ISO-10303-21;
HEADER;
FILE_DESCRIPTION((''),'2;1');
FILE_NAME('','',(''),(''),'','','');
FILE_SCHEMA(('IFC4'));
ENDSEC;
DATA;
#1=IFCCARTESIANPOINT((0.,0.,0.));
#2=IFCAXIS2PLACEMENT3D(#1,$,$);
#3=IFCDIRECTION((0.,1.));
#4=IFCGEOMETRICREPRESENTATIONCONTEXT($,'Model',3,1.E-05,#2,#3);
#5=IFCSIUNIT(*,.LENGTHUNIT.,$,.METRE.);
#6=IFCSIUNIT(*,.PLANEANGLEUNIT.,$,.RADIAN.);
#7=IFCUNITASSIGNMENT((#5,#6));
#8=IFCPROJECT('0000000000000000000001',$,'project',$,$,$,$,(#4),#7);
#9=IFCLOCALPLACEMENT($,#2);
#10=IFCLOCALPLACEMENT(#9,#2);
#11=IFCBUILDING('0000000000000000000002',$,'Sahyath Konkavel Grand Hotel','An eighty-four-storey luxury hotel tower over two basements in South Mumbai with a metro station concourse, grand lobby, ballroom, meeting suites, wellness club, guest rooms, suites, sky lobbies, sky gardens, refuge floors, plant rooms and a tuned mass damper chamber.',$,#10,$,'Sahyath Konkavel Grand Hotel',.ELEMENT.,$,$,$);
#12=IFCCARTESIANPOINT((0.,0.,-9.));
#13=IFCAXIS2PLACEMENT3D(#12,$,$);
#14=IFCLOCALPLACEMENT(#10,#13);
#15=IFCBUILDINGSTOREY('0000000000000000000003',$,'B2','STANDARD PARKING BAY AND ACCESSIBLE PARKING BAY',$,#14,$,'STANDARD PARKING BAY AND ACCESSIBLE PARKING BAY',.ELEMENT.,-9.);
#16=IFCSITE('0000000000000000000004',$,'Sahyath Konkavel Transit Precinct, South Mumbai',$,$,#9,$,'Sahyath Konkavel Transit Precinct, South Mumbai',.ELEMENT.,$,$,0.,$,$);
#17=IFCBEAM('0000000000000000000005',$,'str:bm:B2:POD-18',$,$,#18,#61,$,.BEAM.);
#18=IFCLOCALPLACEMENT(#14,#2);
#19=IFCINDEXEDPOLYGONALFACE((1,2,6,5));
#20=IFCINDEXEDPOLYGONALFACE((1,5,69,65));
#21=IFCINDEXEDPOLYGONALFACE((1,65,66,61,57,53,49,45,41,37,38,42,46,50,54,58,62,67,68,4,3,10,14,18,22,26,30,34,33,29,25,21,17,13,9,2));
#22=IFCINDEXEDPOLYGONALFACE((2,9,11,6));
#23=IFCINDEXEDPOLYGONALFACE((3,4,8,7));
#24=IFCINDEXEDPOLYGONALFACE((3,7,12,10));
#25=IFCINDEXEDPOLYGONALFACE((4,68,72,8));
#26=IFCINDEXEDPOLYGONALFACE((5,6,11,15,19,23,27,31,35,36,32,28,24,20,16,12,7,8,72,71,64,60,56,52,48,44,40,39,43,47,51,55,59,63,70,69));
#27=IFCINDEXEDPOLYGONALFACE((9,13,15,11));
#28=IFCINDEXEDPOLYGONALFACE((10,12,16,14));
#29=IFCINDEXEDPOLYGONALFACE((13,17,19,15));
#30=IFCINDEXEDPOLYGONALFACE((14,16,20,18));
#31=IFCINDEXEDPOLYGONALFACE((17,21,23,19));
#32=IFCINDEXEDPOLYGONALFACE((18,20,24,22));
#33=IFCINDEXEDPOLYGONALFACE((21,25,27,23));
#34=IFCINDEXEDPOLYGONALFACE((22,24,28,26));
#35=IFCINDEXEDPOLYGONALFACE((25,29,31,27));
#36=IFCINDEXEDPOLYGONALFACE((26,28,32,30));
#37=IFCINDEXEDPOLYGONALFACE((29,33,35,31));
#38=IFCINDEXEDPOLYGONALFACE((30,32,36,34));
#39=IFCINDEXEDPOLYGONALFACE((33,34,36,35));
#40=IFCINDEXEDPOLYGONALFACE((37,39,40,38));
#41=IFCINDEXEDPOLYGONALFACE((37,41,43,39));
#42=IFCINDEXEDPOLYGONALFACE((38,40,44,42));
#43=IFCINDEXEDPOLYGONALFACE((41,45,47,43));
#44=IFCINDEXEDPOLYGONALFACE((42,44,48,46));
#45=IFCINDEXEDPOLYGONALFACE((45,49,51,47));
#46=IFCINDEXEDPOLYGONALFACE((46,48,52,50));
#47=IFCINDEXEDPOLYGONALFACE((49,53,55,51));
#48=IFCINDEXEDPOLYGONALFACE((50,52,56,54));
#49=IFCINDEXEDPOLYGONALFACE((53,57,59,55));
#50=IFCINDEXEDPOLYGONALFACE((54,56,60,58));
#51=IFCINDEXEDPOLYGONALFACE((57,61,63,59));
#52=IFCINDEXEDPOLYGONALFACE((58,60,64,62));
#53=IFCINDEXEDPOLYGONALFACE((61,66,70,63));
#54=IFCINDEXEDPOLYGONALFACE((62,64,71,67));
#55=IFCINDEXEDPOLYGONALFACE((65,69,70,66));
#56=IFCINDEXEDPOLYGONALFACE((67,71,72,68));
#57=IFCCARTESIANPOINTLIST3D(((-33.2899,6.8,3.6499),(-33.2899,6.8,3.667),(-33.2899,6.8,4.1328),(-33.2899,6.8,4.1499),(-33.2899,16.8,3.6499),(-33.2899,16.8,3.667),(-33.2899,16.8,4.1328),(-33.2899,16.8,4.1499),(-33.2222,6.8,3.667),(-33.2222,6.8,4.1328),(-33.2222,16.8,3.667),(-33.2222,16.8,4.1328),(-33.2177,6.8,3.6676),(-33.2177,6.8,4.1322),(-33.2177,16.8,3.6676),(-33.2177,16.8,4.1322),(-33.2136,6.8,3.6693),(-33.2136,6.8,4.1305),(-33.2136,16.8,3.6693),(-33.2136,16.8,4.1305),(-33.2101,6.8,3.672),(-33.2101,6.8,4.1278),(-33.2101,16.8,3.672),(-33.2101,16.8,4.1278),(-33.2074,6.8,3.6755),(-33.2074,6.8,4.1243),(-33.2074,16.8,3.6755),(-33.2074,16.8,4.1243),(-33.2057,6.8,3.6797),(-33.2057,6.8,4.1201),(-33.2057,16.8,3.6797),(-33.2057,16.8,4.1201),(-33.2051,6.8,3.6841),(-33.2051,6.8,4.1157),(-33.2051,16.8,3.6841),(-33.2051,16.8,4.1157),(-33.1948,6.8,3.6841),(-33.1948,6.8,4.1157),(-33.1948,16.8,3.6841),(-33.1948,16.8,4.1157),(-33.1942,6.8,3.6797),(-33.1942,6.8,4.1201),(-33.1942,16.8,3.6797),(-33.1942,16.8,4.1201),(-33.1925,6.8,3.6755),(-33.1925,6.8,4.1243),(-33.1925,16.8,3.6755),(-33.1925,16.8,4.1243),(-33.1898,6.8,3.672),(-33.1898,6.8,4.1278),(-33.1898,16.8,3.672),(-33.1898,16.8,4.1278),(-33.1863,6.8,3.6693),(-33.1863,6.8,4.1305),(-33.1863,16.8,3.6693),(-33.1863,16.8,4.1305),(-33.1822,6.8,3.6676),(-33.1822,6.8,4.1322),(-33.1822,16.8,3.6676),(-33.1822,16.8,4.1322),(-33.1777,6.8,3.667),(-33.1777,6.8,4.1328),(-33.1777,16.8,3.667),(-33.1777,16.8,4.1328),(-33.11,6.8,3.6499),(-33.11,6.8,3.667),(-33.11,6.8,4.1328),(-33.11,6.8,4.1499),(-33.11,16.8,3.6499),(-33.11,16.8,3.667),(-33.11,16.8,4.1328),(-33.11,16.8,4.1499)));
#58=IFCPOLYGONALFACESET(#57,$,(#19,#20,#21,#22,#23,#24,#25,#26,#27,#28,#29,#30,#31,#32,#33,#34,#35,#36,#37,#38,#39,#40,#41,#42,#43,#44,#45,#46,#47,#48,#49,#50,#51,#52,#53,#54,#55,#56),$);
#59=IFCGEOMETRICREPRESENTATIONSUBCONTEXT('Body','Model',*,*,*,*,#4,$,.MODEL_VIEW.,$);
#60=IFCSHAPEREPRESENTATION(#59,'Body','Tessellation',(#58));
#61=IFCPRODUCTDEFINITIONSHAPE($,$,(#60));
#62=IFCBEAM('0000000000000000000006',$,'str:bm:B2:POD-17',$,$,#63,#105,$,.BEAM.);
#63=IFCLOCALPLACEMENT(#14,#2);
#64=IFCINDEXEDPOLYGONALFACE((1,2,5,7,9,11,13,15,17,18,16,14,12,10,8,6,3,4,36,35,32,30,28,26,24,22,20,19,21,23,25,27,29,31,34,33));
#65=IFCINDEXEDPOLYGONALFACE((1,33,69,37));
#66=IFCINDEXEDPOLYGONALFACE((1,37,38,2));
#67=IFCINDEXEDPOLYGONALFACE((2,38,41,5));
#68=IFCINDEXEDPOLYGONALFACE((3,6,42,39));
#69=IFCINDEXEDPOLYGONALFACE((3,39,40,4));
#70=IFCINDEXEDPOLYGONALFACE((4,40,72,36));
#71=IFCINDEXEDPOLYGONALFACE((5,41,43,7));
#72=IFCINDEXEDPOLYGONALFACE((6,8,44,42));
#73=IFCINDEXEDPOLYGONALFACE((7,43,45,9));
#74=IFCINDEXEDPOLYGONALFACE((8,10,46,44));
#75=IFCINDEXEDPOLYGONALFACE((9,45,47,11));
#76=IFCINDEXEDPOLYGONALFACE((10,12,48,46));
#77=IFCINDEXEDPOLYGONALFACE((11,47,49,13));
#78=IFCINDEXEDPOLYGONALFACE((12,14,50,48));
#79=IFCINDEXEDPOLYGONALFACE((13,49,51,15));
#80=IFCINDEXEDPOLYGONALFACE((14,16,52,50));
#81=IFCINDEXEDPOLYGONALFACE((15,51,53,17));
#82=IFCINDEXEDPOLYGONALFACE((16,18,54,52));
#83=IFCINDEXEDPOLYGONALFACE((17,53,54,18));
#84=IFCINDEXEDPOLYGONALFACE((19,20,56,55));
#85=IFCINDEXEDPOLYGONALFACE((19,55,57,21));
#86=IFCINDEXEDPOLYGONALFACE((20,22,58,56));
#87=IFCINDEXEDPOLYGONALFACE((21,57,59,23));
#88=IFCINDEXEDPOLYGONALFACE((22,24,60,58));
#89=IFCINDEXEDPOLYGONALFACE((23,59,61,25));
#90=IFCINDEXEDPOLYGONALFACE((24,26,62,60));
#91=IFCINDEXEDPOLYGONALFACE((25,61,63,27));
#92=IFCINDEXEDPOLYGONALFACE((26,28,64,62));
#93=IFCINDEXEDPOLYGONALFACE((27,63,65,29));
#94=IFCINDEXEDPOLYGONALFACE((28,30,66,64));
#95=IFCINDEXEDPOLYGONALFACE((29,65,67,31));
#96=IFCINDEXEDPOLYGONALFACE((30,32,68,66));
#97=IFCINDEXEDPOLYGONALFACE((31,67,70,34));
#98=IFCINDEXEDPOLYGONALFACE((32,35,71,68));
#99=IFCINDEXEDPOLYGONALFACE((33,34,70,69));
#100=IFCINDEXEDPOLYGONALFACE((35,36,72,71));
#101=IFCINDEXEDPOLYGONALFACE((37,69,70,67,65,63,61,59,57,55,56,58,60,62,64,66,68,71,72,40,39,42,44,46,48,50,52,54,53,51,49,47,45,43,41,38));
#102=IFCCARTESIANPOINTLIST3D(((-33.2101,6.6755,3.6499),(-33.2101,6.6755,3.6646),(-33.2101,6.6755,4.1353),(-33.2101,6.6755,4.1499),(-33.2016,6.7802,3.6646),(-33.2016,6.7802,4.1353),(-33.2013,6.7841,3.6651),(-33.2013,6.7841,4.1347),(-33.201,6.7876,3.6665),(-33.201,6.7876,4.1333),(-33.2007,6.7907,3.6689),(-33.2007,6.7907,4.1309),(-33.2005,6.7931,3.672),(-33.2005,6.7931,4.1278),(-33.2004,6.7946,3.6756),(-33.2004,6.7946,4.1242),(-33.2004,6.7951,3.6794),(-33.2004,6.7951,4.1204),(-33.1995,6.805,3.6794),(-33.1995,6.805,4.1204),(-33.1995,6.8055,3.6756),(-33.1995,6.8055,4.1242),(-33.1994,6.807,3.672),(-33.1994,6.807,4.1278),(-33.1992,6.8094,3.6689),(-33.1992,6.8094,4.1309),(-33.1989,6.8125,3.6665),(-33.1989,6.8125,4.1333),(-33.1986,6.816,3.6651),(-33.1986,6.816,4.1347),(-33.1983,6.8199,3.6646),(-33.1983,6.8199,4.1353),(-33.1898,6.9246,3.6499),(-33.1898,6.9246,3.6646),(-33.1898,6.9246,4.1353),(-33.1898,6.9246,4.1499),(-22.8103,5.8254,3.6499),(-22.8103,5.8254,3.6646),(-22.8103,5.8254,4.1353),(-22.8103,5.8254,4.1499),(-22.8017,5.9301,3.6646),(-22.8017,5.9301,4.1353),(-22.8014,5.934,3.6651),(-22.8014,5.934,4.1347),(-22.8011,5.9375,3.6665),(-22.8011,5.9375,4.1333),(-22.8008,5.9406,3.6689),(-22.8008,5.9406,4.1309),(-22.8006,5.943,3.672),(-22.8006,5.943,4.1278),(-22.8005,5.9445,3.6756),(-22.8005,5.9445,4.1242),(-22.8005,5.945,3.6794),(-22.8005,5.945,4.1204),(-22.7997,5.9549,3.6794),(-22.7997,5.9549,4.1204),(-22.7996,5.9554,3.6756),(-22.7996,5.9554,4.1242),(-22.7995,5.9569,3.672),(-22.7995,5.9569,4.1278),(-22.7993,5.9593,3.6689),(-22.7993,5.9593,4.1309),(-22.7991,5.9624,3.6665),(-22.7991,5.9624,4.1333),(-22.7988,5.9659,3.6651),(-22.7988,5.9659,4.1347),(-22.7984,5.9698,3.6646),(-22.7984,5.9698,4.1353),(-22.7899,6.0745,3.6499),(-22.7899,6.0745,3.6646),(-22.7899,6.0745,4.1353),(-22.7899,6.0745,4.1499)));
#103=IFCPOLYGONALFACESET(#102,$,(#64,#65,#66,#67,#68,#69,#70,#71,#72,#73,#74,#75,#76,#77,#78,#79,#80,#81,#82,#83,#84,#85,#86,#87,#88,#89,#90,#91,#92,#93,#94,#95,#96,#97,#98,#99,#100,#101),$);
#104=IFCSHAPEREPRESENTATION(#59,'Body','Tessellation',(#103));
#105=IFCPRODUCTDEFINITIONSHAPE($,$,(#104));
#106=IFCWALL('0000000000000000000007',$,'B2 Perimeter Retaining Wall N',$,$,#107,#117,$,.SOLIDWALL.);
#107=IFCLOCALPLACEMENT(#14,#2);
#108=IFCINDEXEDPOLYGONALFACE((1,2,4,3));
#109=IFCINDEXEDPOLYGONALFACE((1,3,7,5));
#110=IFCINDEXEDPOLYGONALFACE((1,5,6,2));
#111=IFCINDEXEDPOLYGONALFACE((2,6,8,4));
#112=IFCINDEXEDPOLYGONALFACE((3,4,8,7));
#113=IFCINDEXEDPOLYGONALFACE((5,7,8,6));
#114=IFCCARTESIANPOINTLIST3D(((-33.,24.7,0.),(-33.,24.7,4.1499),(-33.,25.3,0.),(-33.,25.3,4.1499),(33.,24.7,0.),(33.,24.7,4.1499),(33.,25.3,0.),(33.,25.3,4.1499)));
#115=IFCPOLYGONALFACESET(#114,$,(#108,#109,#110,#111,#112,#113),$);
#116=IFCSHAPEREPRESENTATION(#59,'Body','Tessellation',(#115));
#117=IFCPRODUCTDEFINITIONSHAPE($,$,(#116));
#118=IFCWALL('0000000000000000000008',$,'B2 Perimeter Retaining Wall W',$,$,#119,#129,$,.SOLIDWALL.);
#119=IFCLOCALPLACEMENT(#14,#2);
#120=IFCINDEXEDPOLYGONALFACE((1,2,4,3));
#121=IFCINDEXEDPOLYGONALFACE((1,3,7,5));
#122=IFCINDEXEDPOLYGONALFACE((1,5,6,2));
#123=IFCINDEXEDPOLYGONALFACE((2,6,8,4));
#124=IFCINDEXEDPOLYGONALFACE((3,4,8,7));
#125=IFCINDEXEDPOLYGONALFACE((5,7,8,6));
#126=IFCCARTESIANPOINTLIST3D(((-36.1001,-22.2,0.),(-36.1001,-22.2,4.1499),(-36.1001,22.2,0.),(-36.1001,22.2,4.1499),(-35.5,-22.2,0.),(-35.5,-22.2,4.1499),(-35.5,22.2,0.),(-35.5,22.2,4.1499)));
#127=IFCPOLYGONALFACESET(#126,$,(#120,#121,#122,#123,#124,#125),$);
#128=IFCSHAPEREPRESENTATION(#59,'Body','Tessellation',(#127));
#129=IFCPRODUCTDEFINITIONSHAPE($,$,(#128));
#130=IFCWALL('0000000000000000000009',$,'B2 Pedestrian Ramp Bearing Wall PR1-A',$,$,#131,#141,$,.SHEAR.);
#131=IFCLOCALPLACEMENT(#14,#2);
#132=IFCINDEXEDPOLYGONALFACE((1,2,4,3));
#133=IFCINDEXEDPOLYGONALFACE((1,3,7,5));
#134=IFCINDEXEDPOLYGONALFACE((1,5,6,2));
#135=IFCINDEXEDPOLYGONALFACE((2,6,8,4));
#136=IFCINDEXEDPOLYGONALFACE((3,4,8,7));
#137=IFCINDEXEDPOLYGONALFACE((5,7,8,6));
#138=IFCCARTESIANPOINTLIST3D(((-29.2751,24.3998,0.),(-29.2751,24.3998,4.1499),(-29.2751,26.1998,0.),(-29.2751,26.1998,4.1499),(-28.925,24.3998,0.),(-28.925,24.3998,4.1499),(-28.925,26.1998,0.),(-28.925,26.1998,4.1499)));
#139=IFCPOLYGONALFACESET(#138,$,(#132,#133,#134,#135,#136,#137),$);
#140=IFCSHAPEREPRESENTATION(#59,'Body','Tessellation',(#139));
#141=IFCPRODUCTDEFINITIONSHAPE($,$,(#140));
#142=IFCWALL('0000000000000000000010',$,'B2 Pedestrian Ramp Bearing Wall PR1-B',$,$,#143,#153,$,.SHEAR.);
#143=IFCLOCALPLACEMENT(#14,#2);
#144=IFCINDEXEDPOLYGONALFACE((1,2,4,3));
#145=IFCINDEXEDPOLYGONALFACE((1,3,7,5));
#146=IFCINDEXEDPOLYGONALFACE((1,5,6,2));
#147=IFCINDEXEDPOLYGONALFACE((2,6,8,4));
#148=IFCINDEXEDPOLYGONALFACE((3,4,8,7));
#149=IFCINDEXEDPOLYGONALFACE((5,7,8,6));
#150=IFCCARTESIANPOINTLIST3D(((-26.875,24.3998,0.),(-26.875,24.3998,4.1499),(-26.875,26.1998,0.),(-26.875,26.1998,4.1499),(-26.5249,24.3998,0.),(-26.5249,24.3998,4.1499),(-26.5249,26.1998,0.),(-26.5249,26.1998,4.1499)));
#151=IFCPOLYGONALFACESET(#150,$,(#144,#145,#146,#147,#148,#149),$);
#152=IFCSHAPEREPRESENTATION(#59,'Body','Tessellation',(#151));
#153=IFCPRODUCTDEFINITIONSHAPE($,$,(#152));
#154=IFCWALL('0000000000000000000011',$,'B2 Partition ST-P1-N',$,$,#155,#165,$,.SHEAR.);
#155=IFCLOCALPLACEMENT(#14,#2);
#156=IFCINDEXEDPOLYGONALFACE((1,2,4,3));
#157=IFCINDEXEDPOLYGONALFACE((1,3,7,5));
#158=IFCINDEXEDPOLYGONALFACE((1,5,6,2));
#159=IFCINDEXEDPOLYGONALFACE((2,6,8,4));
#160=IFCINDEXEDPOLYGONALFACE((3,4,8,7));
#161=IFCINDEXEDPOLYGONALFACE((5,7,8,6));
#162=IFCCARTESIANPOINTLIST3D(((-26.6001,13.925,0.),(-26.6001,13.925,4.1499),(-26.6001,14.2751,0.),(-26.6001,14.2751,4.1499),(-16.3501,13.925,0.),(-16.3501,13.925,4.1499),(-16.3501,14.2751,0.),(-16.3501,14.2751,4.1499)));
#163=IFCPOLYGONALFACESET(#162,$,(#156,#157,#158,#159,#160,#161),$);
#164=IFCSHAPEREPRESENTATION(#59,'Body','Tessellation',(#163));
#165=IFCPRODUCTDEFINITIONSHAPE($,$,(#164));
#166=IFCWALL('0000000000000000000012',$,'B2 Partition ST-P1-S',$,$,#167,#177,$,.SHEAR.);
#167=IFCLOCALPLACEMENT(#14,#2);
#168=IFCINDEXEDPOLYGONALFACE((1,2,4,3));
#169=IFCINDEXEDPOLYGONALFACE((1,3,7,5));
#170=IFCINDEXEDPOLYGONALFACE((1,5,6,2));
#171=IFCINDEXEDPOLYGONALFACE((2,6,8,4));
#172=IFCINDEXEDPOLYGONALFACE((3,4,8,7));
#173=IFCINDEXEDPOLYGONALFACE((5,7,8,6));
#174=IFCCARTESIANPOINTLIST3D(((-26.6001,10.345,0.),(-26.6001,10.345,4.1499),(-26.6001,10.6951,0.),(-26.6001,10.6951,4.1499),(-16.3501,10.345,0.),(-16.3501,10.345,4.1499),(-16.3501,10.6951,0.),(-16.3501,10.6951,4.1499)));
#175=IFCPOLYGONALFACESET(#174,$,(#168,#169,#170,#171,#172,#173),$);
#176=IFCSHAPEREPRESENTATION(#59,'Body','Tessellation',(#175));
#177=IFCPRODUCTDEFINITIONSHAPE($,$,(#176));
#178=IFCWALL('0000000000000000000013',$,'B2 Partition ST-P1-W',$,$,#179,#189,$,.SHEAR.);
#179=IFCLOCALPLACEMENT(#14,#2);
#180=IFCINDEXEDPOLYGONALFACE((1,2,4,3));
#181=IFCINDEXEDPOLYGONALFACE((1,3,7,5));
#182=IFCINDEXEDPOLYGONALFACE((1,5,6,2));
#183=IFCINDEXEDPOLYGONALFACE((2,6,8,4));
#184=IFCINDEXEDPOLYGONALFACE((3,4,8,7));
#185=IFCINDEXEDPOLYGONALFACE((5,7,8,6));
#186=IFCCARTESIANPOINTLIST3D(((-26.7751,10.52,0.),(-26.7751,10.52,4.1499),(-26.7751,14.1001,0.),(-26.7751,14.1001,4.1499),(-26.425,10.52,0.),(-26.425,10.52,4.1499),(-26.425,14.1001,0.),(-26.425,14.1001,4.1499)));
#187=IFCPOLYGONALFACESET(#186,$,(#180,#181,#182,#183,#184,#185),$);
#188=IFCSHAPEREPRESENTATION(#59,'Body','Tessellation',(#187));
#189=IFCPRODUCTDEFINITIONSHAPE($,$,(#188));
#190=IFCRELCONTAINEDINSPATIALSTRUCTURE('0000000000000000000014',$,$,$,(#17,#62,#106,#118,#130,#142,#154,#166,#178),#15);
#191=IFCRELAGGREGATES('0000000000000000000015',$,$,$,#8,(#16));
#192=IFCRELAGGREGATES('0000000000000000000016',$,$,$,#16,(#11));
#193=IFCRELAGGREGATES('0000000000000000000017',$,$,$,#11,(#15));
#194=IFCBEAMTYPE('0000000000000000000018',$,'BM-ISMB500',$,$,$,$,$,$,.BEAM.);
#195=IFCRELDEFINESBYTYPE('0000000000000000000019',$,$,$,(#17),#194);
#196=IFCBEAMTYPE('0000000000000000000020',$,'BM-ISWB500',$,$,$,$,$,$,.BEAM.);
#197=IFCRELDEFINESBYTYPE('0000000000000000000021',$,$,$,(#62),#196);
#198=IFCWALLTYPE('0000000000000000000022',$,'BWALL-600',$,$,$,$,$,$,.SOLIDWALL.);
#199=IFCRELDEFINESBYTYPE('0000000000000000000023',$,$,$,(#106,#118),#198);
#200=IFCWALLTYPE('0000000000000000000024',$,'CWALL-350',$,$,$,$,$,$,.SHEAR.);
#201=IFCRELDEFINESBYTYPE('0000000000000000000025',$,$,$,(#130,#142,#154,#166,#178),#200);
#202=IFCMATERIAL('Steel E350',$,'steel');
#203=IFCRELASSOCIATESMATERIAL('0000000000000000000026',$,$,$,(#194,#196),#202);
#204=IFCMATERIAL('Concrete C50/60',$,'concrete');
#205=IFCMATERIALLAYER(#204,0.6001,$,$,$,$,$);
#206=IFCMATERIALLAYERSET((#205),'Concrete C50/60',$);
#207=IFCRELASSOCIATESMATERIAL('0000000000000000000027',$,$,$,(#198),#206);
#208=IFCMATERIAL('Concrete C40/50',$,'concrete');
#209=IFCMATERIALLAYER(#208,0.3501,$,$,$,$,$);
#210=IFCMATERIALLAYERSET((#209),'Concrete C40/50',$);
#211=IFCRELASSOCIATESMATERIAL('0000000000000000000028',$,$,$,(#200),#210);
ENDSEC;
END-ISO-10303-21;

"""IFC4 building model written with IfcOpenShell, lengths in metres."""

from ifc_helpers import new_model, si_unit, direction, frame, frame_2d, origin, origin_2d, place, context, subcontext, project, spatial, rectangle, i_section, extrude, source, transform, mapped, material, layer, layer_set, material_profile, profile_set, type_object, element, save


model = new_model("IFC4")

# Units and contexts
model_context = context("Model", 3, precision=1e-05, world=origin(), true_north=direction((0.0, 1.0)))
body_context = subcontext(model_context, "Body", "Model", "MODEL_VIEW")
ifc_project = project(units=[si_unit("LENGTHUNIT", "METRE"), si_unit("PLANEANGLEUNIT", "RADIAN")], contexts=[model_context])

# Site, building, storey
site_placement = place(None, origin())
site = spatial("IfcSite", under=ifc_project, at=site_placement, Name="Sahyath Konkavel Transit Precinct, South Mumbai", LongName="Sahyath Konkavel Transit Precinct, South Mumbai", CompositionType="ELEMENT", RefElevation=0.0)
building_placement = place(site_placement, origin())
building = spatial("IfcBuilding", under=site, at=building_placement, Name="Sahyath Konkavel Grand Hotel", Description="An eighty-four-storey luxury hotel tower over two basements in South Mumbai with a metro station concourse, grand lobby, ballroom, meeting suites, wellness club, guest rooms, suites, sky lobbies, sky gardens, refuge floors, plant rooms and a tuned mass damper chamber.", LongName="Sahyath Konkavel Grand Hotel", CompositionType="ELEMENT")
storey_placement = place(building_placement, frame((0.0, 0.0, -9.0)))
storey = spatial("IfcBuildingStorey", under=building, at=storey_placement, Name="B2", Description="STANDARD PARKING BAY AND ACCESSIBLE PARKING BAY", LongName="STANDARD PARKING BAY AND ACCESSIBLE PARKING BAY", CompositionType="ELEMENT", Elevation=-9.0)

# Shared definitions
ifc_material_1 = material(Name="Concrete C50/60", Category="concrete")

# Beams
ifc_material_2 = material(Name="Steel E350", Category="steel")
ifc_material_profile_1 = material_profile(ifc_material_2, i_section(OverallWidth=0.1799, OverallDepth=0.5, WebThickness=0.0103, FlangeThickness=0.0171, FilletRadius=0.0171, at=origin_2d()), Name="ISMB 500")
ifc_profile_set_1 = profile_set([ifc_material_profile_1], Name="Steel E350")
beam_type_1 = type_object("IfcBeamType", Name="BM-ISMB500", PredefinedType="BEAM", material=ifc_profile_set_1)
shared_shape_1 = source(origin(), body_context, "Body", "SweptSolid", [
    extrude(i_section(OverallWidth=0.1799, OverallDepth=0.5, WebThickness=0.0103, FlangeThickness=0.0171, FilletRadius=0.0171, at=origin_2d()), origin(), (0.0, 0.0, 1.0), 10.0),
])
beam_1_placement = place(storey_placement, frame((-33.2, 6.8, 3.8999), z_axis=(0.0, 1.0, 0.0), x_axis=(-1.0, 0.0, 0.0)))
element("IfcBeam", 1, at=beam_1_placement, inside=storey, type_object=beam_type_1, Name="str:bm:B2:POD-18", PredefinedType="BEAM", context=body_context, shape_type="MappedRepresentation", body=[
    mapped(shared_shape_1, transform((0.0, 0.0, 0.0), scale=1.0)),
])
ifc_material_profile_2 = material_profile(ifc_material_2, i_section(OverallWidth=0.25, OverallDepth=0.5, WebThickness=0.01, FlangeThickness=0.0146, FilletRadius=0.0149, at=origin_2d()), Name="ISWB 500")
ifc_profile_set_2 = profile_set([ifc_material_profile_2], Name="Steel E350")
beam_type_2 = type_object("IfcBeamType", Name="BM-ISWB500", PredefinedType="BEAM", material=ifc_profile_set_2)
shared_shape_2 = source(origin(), body_context, "Body", "SweptSolid", [
    extrude(i_section(OverallWidth=0.25, OverallDepth=0.5, WebThickness=0.01, FlangeThickness=0.0146, FilletRadius=0.0149, at=origin_2d()), origin(), (0.0, 0.0, 1.0), 10.4346),
])
beam_2_placement = place(storey_placement, frame((-33.2, 6.8, 3.8999), z_axis=(0.996676, -0.081469, 0.0), x_axis=(0.081469, 0.996676, 0.0)))
element("IfcBeam", 2, at=beam_2_placement, inside=storey, type_object=beam_type_2, Name="str:bm:B2:POD-17", PredefinedType="BEAM", context=body_context, shape_type="MappedRepresentation", body=[
    mapped(shared_shape_2, transform((0.0, 0.0, 0.0), scale=1.0)),
])

# Walls
ifc_layer_1 = layer(ifc_material_1, 0.6001)
ifc_layer_set_1 = layer_set([ifc_layer_1], Name="Concrete C50/60")
wall_type_1 = type_object("IfcWallType", Name="BWALL-600", PredefinedType="SOLIDWALL", material=ifc_layer_set_1)
wall_1_placement = place(storey_placement, frame((-33.0, 25.0, 0.0), z_axis=(0.0, 0.0, 1.0), x_axis=(1.0, 0.0, 0.0)))
element("IfcWall", 3, at=wall_1_placement, inside=storey, type_object=wall_type_1, Name="B2 Perimeter Retaining Wall N", PredefinedType="SOLIDWALL", context=body_context, shape_type="SweptSolid", body=[
    extrude(rectangle(XDim=66.0, YDim=0.6001, at=frame_2d((33.0, 0.0))), origin(), (0.0, 0.0, 1.0), 4.1499),
])
wall_2_placement = place(storey_placement, frame((-35.8, 22.2, 0.0), z_axis=(0.0, 0.0, 1.0), x_axis=(0.0, -1.0, 0.0)))
element("IfcWall", 4, at=wall_2_placement, inside=storey, type_object=wall_type_1, Name="B2 Perimeter Retaining Wall W", PredefinedType="SOLIDWALL", context=body_context, shape_type="SweptSolid", body=[
    extrude(rectangle(XDim=44.3999, YDim=0.6001, at=frame_2d((22.2, 0.0))), origin(), (0.0, 0.0, 1.0), 4.1499),
])
ifc_material_3 = material(Name="Concrete C40/50", Category="concrete")
ifc_layer_2 = layer(ifc_material_3, 0.3501)
ifc_layer_set_2 = layer_set([ifc_layer_2], Name="Concrete C40/50")
wall_type_2 = type_object("IfcWallType", Name="CWALL-350", PredefinedType="SHEAR", material=ifc_layer_set_2)
for number, where, z_axis, x_axis, name in (
    (5, (-29.1001, 24.3999, 0.0), (0.0, 0.0, 1.0), (0.0, 1.0, 0.0), "B2 Pedestrian Ramp Bearing Wall PR1-A"),
    (6, (-26.7, 24.3999, 0.0), (0.0, 0.0, 1.0), (0.0, 1.0, 0.0), "B2 Pedestrian Ramp Bearing Wall PR1-B"),
):
    element("IfcWall", number, at=place(storey_placement, frame(where, z_axis=z_axis, x_axis=x_axis)), inside=storey, type_object=wall_type_2, Name=name, PredefinedType="SHEAR", context=body_context, shape_type="SweptSolid", body=[
        extrude(rectangle(XDim=1.8, YDim=0.3501, at=frame_2d((0.8999, 0.0))), origin(), (0.0, 0.0, 1.0), 4.1499),
    ])
for number, where, z_axis, x_axis, name in (
    (7, (-26.6001, 14.1001, 0.0), (0.0, 0.0, 1.0), (1.0, 0.0, 0.0), "B2 Partition ST-P1-N"),
    (8, (-26.6001, 10.52, 0.0), (0.0, 0.0, 1.0), (1.0, 0.0, 0.0), "B2 Partition ST-P1-S"),
):
    element("IfcWall", number, at=place(storey_placement, frame(where, z_axis=z_axis, x_axis=x_axis)), inside=storey, type_object=wall_type_2, Name=name, PredefinedType="SHEAR", context=body_context, shape_type="SweptSolid", body=[
        extrude(rectangle(XDim=10.25, YDim=0.3501, at=frame_2d((5.125, 0.0))), origin(), (0.0, 0.0, 1.0), 4.1499),
    ])
wall_3_placement = place(storey_placement, frame((-26.6001, 10.52, 0.0), z_axis=(0.0, 0.0, 1.0), x_axis=(0.0, 1.0, 0.0)))
element("IfcWall", 9, at=wall_3_placement, inside=storey, type_object=wall_type_2, Name="B2 Partition ST-P1-W", PredefinedType="SHEAR", context=body_context, shape_type="SweptSolid", body=[
    extrude(rectangle(XDim=3.5801, YDim=0.3501, at=frame_2d((1.79, 0.0))), origin(), (0.0, 0.0, 1.0), 4.1499),
])

save(model, "model.ifc")
